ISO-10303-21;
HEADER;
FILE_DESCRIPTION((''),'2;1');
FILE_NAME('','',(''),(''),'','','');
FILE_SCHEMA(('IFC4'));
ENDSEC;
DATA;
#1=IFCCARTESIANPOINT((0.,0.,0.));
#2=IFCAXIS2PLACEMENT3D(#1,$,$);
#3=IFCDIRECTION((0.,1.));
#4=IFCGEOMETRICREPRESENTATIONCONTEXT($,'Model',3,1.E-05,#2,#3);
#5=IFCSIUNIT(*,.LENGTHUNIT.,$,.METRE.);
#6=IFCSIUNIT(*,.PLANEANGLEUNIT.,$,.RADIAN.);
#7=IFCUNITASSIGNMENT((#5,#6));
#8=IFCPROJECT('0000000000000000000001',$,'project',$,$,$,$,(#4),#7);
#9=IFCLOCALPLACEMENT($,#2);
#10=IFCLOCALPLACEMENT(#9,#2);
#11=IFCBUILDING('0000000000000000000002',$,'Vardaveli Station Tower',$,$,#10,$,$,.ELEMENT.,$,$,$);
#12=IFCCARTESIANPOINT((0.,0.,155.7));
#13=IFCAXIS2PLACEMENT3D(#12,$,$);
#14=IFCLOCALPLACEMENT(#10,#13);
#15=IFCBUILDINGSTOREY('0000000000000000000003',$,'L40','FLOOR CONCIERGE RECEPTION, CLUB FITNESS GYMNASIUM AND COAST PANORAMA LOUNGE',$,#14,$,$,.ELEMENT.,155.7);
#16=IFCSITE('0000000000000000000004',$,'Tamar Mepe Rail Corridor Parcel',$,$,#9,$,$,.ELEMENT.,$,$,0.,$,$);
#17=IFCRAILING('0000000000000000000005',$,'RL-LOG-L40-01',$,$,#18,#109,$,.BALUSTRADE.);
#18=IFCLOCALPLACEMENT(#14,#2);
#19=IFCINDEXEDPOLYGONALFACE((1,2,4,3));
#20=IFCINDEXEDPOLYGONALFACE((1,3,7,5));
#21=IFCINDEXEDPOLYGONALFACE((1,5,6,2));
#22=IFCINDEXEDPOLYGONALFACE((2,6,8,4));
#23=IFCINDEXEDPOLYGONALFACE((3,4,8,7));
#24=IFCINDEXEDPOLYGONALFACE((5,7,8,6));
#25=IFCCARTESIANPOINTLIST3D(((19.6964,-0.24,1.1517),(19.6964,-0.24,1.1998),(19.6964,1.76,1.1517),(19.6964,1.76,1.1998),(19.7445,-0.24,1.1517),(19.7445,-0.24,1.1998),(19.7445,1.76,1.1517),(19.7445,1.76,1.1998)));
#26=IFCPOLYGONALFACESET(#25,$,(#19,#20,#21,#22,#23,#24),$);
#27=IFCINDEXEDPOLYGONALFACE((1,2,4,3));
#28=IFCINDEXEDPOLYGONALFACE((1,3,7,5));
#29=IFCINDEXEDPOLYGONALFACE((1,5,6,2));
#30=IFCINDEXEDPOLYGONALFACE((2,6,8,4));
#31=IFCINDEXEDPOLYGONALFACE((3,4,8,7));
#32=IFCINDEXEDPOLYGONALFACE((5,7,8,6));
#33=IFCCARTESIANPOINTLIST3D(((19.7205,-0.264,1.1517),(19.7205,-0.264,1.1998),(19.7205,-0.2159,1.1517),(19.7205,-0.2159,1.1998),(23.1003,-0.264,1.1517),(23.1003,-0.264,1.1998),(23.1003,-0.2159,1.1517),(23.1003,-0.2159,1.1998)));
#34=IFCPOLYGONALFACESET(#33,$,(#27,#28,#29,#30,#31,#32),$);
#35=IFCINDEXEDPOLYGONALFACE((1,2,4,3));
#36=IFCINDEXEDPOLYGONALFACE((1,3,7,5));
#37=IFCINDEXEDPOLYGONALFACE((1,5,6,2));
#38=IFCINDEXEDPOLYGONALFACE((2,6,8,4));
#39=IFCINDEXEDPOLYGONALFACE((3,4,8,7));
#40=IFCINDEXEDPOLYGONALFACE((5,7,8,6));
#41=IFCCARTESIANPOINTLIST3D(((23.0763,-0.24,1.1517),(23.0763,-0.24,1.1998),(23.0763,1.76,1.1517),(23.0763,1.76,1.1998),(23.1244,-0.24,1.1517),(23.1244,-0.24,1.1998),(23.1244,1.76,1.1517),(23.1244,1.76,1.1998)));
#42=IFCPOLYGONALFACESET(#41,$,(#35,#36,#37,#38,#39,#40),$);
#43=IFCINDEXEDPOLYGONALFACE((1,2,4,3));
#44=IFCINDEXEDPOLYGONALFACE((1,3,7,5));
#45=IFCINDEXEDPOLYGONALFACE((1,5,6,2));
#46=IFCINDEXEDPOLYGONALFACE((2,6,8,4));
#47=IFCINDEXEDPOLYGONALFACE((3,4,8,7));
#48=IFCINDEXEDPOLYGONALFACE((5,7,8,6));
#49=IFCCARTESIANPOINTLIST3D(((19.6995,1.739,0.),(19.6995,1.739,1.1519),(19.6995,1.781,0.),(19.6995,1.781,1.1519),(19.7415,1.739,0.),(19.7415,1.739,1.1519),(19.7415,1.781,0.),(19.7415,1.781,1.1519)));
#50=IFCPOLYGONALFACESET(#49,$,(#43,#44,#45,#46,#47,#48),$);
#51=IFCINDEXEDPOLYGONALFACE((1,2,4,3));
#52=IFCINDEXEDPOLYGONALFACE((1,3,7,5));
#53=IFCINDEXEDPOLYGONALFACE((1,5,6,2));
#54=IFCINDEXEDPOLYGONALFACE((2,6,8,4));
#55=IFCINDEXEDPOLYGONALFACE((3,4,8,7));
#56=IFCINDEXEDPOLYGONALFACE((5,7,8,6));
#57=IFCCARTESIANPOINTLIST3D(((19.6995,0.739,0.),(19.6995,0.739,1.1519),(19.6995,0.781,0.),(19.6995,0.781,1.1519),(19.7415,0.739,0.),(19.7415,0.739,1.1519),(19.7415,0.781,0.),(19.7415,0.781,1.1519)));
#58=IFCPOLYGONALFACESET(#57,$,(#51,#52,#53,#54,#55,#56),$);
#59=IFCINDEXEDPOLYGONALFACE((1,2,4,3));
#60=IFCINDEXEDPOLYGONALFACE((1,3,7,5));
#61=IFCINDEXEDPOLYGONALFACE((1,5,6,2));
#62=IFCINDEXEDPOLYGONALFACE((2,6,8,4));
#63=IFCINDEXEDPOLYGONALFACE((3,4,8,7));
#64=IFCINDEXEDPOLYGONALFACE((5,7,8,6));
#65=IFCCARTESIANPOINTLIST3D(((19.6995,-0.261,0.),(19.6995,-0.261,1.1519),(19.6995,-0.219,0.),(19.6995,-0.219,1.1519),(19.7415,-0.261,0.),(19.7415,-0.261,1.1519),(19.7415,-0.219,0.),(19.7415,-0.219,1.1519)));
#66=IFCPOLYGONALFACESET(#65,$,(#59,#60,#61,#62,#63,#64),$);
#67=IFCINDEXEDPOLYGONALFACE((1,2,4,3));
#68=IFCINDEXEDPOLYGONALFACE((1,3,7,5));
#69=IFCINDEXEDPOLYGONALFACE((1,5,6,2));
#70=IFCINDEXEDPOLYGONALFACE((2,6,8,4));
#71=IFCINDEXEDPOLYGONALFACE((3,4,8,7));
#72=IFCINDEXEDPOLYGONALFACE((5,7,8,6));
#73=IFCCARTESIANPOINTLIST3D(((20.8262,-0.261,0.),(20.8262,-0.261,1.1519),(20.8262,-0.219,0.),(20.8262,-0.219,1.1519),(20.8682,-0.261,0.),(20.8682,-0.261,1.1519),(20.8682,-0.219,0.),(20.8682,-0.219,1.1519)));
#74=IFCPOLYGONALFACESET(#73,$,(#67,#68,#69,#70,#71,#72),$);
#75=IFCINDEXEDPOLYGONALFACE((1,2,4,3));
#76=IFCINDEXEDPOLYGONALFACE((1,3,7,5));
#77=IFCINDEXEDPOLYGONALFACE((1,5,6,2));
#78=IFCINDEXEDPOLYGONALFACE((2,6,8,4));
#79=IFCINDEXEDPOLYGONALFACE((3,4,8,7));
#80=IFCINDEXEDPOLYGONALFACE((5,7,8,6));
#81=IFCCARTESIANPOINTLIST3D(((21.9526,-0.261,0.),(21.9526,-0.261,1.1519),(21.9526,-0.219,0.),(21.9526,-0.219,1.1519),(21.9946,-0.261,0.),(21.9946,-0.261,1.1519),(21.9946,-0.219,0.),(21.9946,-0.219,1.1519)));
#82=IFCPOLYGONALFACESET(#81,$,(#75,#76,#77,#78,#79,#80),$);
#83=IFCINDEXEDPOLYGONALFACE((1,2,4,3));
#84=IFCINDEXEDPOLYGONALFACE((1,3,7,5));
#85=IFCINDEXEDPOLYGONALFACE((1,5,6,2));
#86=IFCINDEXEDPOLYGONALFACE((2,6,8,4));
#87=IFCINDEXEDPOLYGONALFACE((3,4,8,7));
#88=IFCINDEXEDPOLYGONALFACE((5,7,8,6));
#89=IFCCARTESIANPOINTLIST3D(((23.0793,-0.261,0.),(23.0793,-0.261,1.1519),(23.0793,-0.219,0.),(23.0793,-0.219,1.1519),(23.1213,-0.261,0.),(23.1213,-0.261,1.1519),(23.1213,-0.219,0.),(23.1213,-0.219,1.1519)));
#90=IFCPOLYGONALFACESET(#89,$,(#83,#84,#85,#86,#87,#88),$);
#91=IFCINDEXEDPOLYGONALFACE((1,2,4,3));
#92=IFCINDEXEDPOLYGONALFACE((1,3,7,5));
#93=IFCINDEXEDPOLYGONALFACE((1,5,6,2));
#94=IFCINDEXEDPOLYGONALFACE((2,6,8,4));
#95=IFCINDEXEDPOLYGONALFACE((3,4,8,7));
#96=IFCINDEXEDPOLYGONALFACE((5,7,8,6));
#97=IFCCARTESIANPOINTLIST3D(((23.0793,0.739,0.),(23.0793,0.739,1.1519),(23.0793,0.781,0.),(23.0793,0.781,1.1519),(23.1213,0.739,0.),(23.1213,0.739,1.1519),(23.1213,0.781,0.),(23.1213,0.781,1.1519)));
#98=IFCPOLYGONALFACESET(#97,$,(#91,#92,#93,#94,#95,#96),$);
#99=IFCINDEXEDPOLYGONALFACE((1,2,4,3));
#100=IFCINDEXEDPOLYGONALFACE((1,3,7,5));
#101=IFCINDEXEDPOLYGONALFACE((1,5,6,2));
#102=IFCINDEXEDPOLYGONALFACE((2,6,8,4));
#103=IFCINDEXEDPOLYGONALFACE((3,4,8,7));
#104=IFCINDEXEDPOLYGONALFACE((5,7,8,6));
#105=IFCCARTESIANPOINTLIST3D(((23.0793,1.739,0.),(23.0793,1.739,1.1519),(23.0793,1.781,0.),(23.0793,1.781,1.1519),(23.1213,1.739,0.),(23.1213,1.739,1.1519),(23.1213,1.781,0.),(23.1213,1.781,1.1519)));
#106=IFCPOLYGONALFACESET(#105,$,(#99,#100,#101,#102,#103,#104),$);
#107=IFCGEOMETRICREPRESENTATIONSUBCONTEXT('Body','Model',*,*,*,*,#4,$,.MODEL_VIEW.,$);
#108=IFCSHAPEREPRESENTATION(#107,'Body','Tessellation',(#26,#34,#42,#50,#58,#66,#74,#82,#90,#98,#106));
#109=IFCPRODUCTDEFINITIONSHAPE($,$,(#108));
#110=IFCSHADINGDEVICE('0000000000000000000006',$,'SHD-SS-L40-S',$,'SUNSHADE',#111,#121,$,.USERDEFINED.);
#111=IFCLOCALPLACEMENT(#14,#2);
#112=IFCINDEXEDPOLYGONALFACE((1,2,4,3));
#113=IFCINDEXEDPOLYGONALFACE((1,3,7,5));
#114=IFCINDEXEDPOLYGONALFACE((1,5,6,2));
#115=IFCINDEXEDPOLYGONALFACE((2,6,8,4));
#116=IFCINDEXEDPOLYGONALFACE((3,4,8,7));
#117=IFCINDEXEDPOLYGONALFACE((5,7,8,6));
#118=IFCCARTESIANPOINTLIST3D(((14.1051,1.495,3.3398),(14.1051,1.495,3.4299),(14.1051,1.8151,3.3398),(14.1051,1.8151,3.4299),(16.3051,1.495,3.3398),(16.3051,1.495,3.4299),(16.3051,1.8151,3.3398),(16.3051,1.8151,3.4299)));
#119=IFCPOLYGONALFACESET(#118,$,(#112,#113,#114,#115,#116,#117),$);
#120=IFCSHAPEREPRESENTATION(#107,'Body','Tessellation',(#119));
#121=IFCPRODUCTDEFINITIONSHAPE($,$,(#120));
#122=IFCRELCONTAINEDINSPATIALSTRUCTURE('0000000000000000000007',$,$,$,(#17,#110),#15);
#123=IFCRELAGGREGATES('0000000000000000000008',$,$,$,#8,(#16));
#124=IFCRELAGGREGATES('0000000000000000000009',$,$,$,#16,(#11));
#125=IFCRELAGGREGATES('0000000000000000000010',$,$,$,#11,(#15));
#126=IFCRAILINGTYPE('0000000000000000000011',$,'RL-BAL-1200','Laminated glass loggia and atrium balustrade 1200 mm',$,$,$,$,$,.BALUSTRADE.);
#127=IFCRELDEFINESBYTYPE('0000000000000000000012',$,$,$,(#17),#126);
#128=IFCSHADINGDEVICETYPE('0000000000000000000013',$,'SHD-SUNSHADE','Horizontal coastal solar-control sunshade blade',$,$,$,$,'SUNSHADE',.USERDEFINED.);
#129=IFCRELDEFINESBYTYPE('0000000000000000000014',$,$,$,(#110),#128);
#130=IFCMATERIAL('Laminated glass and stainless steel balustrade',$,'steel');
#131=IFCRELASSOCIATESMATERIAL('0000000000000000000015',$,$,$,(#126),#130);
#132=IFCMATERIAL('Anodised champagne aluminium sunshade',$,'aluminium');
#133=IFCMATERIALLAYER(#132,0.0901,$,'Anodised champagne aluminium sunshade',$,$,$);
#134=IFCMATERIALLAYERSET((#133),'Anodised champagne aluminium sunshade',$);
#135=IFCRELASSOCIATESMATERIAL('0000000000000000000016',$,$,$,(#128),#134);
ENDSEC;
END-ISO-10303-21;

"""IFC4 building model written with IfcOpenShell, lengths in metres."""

from ifc_helpers import new_model, si_unit, direction, frame, origin, origin_2d, place, context, subcontext, project, spatial, rectangle, extrude, source, transform, mapped, material, layer, layer_set, type_object, element, save


model = new_model("IFC4")

# Units and contexts
model_context = context("Model", 3, precision=1e-05, world=origin(), true_north=direction((0.0, 1.0)))
body_context = subcontext(model_context, "Body", "Model", "MODEL_VIEW")
ifc_project = project(units=[si_unit("LENGTHUNIT", "METRE"), si_unit("PLANEANGLEUNIT", "RADIAN")], contexts=[model_context])

# Site, building, storey
site_placement = place(None, origin())
site = spatial("IfcSite", under=ifc_project, at=site_placement, Name="Tamar Mepe Rail Corridor Parcel", CompositionType="ELEMENT", RefElevation=0.0)
building_placement = place(site_placement, origin())
building = spatial("IfcBuilding", under=site, at=building_placement, Name="Vardaveli Station Tower", CompositionType="ELEMENT")
storey_placement = place(building_placement, frame((0.0, 0.0, 155.7)))
storey = spatial("IfcBuildingStorey", under=building, at=storey_placement, Name="L40", Description="FLOOR CONCIERGE RECEPTION, CLUB FITNESS GYMNASIUM AND COAST PANORAMA LOUNGE", CompositionType="ELEMENT", Elevation=155.7)

# Railing
ifc_material_1 = material(Name="Laminated glass and stainless steel balustrade", Category="steel")
railing_type = type_object("IfcRailingType", Name="RL-BAL-1200", Description="Laminated glass loggia and atrium balustrade 1200 mm", PredefinedType="BALUSTRADE", material=ifc_material_1)
shared_shape_1 = source(origin(), body_context, "Body", "SweptSolid", [
    extrude(rectangle(XDim=0.0481, YDim=0.0481, at=origin_2d()), frame((0.0, 0.0, 1.1758), z_axis=(0.0, -1.0, 0.0), x_axis=(1.0, 0.0, 0.0)), (0.0, 0.0, 1.0), 2.0),
    extrude(rectangle(XDim=0.0481, YDim=0.0481, at=origin_2d()), frame((0.0, -2.0, 1.1758), z_axis=(1.0, 0.0, 0.0), x_axis=(0.0, 1.0, 0.0)), (0.0, 0.0, 1.0), 3.3799),
    extrude(rectangle(XDim=0.0481, YDim=0.0481, at=origin_2d()), frame((3.3799, -2.0, 1.1758), z_axis=(0.0, 1.0, 0.0), x_axis=(-1.0, 0.0, 0.0)), (0.0, 0.0, 1.0), 2.0),
    extrude(rectangle(XDim=0.042, YDim=0.042, at=origin_2d()), origin(), (0.0, 0.0, 1.0), 1.1519),
    extrude(rectangle(XDim=0.042, YDim=0.042, at=origin_2d()), frame((0.0, -1.0, 0.0)), (0.0, 0.0, 1.0), 1.1519),
    extrude(rectangle(XDim=0.042, YDim=0.042, at=origin_2d()), frame((0.0, -2.0, 0.0)), (0.0, 0.0, 1.0), 1.1519),
    extrude(rectangle(XDim=0.042, YDim=0.042, at=origin_2d()), frame((1.1267, -2.0, 0.0)), (0.0, 0.0, 1.0), 1.1519),
    extrude(rectangle(XDim=0.042, YDim=0.042, at=origin_2d()), frame((2.2532, -2.0, 0.0)), (0.0, 0.0, 1.0), 1.1519),
    extrude(rectangle(XDim=0.042, YDim=0.042, at=origin_2d()), frame((3.3799, -2.0, 0.0)), (0.0, 0.0, 1.0), 1.1519),
    extrude(rectangle(XDim=0.042, YDim=0.042, at=origin_2d()), frame((3.3799, -1.0, 0.0)), (0.0, 0.0, 1.0), 1.1519),
    extrude(rectangle(XDim=0.042, YDim=0.042, at=origin_2d()), frame((3.3799, 0.0, 0.0)), (0.0, 0.0, 1.0), 1.1519),
])
railing_placement = place(storey_placement, frame((19.7205, 1.76, 0.0)))
element("IfcRailing", 1, at=railing_placement, inside=storey, type_object=railing_type, Name="RL-LOG-L40-01", PredefinedType="BALUSTRADE", context=body_context, shape_type="MappedRepresentation", body=[
    mapped(shared_shape_1, transform((0.0, 0.0, 0.0), scale=1.0)),
])

# Shading device
ifc_material_2 = material(Name="Anodised champagne aluminium sunshade", Category="aluminium")
ifc_layer_1 = layer(ifc_material_2, 0.0901, Name="Anodised champagne aluminium sunshade")
ifc_layer_set_1 = layer_set([ifc_layer_1], Name="Anodised champagne aluminium sunshade")
shading_device_type = type_object("IfcShadingDeviceType", Name="SHD-SUNSHADE", Description="Horizontal coastal solar-control sunshade blade", ElementType="SUNSHADE", PredefinedType="USERDEFINED", material=ifc_layer_set_1)
shared_shape_2 = source(origin(), body_context, "Body", "SweptSolid", [
    extrude(rectangle(XDim=2.2, YDim=0.3201, at=origin_2d()), origin(), (0.0, 0.0, 1.0), 0.0901),
])
shading_device_placement = place(storey_placement, frame((15.2051, 1.655, 3.3398), z_axis=(0.0, 0.0, 1.0), x_axis=(1.0, 0.0, 0.0)))
element("IfcShadingDevice", 2, at=shading_device_placement, inside=storey, type_object=shading_device_type, Name="SHD-SS-L40-S", ObjectType="SUNSHADE", PredefinedType="USERDEFINED", context=body_context, shape_type="MappedRepresentation", body=[
    mapped(shared_shape_2, transform((0.0, 0.0, 0.0), scale=1.0)),
])

save(model, "model.ifc")
